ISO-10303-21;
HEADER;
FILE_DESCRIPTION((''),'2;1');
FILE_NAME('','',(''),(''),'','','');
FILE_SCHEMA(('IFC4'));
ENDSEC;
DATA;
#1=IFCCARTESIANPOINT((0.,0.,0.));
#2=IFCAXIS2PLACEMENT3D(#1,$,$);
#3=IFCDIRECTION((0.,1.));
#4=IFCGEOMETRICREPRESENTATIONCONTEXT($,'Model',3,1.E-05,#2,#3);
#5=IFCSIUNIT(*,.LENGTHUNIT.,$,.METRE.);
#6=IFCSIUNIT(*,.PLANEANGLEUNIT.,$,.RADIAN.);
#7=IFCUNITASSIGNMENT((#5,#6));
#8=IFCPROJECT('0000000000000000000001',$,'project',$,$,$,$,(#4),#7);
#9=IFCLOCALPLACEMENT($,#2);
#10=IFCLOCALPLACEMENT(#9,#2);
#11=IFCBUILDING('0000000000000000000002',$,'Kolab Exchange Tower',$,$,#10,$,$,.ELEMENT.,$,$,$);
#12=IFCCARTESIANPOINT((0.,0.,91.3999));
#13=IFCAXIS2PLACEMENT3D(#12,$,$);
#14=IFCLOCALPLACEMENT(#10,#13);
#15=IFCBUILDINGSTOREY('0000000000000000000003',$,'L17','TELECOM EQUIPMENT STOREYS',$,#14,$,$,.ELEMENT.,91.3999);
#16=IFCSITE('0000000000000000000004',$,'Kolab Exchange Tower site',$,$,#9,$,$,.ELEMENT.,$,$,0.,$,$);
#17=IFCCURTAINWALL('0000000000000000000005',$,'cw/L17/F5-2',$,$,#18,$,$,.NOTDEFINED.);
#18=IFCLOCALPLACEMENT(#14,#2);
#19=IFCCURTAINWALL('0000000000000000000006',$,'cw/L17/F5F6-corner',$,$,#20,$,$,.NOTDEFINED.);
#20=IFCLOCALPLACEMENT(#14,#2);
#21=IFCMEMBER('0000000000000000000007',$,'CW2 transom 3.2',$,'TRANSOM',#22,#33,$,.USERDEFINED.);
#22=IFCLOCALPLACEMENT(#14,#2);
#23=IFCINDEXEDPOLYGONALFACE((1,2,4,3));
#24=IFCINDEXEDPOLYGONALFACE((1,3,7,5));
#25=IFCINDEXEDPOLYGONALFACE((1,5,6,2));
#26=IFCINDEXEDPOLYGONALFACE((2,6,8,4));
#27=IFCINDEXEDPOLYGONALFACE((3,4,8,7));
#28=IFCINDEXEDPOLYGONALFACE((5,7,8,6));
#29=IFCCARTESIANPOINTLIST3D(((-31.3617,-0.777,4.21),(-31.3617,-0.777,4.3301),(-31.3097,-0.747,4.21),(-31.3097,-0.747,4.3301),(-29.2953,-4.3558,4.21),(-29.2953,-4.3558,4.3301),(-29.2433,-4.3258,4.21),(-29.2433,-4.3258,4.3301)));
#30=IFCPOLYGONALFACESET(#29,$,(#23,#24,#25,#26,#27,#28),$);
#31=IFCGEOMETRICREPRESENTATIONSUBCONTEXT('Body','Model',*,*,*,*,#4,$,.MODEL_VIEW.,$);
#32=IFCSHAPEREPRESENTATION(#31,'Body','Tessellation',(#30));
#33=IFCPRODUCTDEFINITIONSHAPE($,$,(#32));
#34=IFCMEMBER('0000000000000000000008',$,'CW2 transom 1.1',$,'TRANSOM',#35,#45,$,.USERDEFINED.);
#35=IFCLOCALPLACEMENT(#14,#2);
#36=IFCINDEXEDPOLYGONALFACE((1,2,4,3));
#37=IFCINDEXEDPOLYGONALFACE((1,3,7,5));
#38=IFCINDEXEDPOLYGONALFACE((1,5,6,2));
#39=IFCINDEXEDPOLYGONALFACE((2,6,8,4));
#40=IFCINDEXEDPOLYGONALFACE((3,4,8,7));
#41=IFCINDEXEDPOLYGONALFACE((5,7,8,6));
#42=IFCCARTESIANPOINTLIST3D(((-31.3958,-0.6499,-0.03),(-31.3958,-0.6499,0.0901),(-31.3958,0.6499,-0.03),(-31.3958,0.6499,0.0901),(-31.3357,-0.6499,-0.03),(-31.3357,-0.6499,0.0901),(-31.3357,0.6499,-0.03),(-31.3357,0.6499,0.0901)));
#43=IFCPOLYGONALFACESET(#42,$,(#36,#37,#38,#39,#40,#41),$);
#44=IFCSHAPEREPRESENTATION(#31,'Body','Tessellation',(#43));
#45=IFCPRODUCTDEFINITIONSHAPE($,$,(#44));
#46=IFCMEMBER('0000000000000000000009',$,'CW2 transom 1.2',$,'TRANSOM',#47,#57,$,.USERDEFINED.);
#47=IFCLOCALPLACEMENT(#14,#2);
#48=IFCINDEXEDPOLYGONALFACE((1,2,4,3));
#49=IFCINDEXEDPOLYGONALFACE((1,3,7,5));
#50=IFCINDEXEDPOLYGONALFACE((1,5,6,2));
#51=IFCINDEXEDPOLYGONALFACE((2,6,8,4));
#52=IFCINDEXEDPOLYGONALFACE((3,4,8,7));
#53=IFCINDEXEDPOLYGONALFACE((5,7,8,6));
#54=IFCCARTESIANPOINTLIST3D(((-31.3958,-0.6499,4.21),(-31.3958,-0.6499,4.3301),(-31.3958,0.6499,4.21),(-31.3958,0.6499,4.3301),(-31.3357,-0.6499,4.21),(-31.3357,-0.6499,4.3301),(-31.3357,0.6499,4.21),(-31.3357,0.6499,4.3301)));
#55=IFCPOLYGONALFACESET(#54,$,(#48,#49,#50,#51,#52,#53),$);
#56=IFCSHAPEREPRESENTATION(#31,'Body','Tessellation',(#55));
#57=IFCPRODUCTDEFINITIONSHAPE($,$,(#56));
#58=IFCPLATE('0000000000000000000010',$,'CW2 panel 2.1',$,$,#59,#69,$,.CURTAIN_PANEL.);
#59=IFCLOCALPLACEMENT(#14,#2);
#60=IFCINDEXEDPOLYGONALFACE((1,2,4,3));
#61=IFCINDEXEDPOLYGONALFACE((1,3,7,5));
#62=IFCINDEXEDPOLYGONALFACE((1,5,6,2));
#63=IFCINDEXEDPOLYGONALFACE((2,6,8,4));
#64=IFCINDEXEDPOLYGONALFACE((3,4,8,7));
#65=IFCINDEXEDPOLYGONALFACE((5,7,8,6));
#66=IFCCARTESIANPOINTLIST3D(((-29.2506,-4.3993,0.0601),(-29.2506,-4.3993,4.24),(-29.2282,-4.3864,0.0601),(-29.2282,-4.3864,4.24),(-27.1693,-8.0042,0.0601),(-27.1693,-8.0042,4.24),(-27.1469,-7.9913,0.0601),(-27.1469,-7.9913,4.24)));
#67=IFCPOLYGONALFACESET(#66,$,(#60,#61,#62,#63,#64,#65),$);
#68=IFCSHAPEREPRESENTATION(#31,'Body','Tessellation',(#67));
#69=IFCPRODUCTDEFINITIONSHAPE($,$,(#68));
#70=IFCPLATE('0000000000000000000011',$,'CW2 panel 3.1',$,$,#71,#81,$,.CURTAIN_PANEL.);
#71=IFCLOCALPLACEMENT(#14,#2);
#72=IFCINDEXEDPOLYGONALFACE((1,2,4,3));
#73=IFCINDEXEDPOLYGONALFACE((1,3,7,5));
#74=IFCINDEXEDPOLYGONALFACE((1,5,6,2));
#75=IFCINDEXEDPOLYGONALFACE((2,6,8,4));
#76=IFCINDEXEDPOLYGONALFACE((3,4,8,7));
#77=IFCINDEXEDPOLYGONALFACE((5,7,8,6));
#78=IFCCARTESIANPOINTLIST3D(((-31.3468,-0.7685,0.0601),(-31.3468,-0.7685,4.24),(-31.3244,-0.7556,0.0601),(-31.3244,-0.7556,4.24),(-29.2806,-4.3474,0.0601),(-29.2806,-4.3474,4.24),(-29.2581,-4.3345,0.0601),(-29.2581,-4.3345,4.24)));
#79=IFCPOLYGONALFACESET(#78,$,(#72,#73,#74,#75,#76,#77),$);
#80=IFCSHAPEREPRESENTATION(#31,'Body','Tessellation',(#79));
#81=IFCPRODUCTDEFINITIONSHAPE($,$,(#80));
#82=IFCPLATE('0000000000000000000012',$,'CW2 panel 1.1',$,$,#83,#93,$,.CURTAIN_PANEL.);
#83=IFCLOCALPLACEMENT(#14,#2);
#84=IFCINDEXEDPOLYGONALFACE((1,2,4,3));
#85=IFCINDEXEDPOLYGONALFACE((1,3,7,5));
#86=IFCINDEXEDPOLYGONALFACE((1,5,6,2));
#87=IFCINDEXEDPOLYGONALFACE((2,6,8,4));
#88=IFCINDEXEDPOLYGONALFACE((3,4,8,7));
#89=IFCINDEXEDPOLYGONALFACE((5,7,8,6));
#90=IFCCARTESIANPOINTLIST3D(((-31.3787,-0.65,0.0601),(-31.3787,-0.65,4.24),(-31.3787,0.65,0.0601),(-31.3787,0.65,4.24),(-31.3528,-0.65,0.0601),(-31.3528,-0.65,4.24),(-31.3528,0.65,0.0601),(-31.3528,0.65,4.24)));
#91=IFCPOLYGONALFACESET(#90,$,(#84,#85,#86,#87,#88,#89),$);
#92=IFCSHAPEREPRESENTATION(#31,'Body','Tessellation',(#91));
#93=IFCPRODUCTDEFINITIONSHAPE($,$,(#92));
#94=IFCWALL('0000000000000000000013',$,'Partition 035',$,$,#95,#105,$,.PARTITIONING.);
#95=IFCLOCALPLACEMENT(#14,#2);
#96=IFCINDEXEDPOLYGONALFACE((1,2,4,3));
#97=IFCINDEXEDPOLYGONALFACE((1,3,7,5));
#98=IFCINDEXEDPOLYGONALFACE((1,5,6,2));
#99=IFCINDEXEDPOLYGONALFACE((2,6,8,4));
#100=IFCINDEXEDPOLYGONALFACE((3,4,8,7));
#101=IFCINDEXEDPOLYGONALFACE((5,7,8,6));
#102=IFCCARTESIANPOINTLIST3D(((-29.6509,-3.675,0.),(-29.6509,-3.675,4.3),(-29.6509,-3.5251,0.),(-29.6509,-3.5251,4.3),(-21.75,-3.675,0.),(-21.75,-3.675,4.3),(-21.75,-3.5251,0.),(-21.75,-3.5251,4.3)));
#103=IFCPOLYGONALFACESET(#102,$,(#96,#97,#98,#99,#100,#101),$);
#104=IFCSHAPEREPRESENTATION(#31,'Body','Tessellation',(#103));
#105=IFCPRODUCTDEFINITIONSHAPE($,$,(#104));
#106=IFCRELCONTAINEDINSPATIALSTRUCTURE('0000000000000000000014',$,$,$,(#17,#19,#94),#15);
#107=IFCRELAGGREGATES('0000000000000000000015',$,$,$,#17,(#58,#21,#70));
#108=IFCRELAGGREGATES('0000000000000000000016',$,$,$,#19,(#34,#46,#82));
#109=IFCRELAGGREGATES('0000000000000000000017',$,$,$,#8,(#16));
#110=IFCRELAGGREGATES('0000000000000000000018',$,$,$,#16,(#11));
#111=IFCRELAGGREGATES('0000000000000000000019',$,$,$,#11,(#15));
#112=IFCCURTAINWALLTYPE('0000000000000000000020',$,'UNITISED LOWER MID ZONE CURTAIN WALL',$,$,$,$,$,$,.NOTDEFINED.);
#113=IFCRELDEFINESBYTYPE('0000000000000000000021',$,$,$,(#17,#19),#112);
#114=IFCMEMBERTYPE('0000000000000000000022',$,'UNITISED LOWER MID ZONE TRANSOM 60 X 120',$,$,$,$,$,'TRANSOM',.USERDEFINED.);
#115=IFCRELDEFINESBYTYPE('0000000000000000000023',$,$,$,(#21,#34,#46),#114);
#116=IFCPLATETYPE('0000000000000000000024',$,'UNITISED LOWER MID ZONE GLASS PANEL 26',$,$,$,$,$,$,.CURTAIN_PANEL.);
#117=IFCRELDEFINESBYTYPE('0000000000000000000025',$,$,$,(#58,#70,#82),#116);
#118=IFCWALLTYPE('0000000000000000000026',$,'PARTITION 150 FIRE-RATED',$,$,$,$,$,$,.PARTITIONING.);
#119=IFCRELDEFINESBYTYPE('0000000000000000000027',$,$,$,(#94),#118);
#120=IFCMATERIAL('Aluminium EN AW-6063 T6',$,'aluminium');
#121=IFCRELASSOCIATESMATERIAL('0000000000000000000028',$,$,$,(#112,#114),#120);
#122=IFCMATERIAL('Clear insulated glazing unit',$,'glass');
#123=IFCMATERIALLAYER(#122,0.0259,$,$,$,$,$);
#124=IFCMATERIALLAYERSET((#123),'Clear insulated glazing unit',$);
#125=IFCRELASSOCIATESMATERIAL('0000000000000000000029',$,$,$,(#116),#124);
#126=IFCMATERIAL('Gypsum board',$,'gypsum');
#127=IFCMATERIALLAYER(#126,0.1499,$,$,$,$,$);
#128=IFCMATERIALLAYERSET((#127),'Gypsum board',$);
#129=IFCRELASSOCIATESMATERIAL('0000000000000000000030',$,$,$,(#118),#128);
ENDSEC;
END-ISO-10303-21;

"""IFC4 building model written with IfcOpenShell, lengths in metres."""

from ifc_helpers import new_model, si_unit, direction, frame, frame_2d, origin, origin_2d, place, context, subcontext, project, spatial, rectangle, extrude, material, layer, layer_set, material_profile, profile_set, type_object, element, aggregate, save


model = new_model("IFC4")

# Units and contexts
model_context = context("Model", 3, precision=1e-05, world=origin(), true_north=direction((0.0, 1.0)))
body_context = subcontext(model_context, "Body", "Model", "MODEL_VIEW")
ifc_project = project(units=[si_unit("LENGTHUNIT", "METRE"), si_unit("PLANEANGLEUNIT", "RADIAN")], contexts=[model_context])

# Site, building, storey
site_placement = place(None, origin())
site = spatial("IfcSite", under=ifc_project, at=site_placement, Name="Kolab Exchange Tower site", CompositionType="ELEMENT", RefElevation=0.0)
building_placement = place(site_placement, origin())
building = spatial("IfcBuilding", under=site, at=building_placement, Name="Kolab Exchange Tower", CompositionType="ELEMENT")
storey_placement = place(building_placement, frame((0.0, 0.0, 91.3999)))
storey = spatial("IfcBuildingStorey", under=building, at=storey_placement, Name="L17", Description="TELECOM EQUIPMENT STOREYS", CompositionType="ELEMENT", Elevation=91.3999)

# Curtain wall
ifc_material_1 = material(Name="Aluminium EN AW-6063 T6", Category="aluminium")
curtain_wall_type = type_object("IfcCurtainWallType", Name="UNITISED LOWER MID ZONE CURTAIN WALL", PredefinedType="NOTDEFINED", material=ifc_material_1)
curtain_wall_1_placement = place(storey_placement, origin())
curtain_wall_1 = element("IfcCurtainWall", 1, at=curtain_wall_1_placement, inside=storey, type_object=curtain_wall_type, Name="cw/L17/F5-2", PredefinedType="NOTDEFINED")

# Curtain wall
curtain_wall_2_placement = place(storey_placement, origin())
curtain_wall_2 = element("IfcCurtainWall", 2, at=curtain_wall_2_placement, inside=storey, type_object=curtain_wall_type, Name="cw/L17/F5F6-corner", PredefinedType="NOTDEFINED")

# Members
ifc_material_profile_1 = material_profile(ifc_material_1, rectangle(XDim=0.0601, YDim=0.1201, at=origin_2d()), Name="RECT 60X120")
ifc_profile_set_1 = profile_set([ifc_material_profile_1], Name="Aluminium EN AW-6063 T6")
member_type_1 = type_object("IfcMemberType", Name="UNITISED LOWER MID ZONE TRANSOM 60 X 120", ElementType="TRANSOM", PredefinedType="USERDEFINED", material=ifc_profile_set_1)
member_1_placement = place(storey_placement, frame((-29.2693, -4.3408, 4.27), z_axis=(-0.500028, 0.866009, 0.0), x_axis=(-0.866009, -0.500028, 0.0)))
member_1 = element("IfcMember", 3, at=member_1_placement, type_object=member_type_1, Name="CW2 transom 3.2", ObjectType="TRANSOM", PredefinedType="USERDEFINED", context=body_context, shape_type="SweptSolid", body=[
    extrude(rectangle(XDim=0.0601, YDim=0.1201, at=origin_2d()), origin(), (0.0, 0.0, 1.0), 4.1326),
])
member_2_placement = place(storey_placement, frame((-31.3657, -0.6499, 0.03), z_axis=(0.0, 1.0, 0.0), x_axis=(-1.0, 0.0, 0.0)))
member_2 = element("IfcMember", 4, at=member_2_placement, type_object=member_type_1, Name="CW2 transom 1.1", ObjectType="TRANSOM", PredefinedType="USERDEFINED", context=body_context, shape_type="SweptSolid", body=[
    extrude(rectangle(XDim=0.0601, YDim=0.1201, at=origin_2d()), origin(), (0.0, 0.0, 1.0), 1.2998),
])
member_3_placement = place(storey_placement, frame((-31.3657, -0.6499, 4.27), z_axis=(0.0, 1.0, 0.0), x_axis=(-1.0, 0.0, 0.0)))
member_3 = element("IfcMember", 5, at=member_3_placement, type_object=member_type_1, Name="CW2 transom 1.2", ObjectType="TRANSOM", PredefinedType="USERDEFINED", context=body_context, shape_type="SweptSolid", body=[
    extrude(rectangle(XDim=0.0601, YDim=0.1201, at=origin_2d()), origin(), (0.0, 0.0, 1.0), 1.2998),
])

# Plates
ifc_material_2 = material(Name="Clear insulated glazing unit", Category="glass")
ifc_layer_1 = layer(ifc_material_2, 0.0259)
ifc_layer_set_1 = layer_set([ifc_layer_1], Name="Clear insulated glazing unit")
plate_type = type_object("IfcPlateType", Name="UNITISED LOWER MID ZONE GLASS PANEL 26", PredefinedType="CURTAIN_PANEL", material=ifc_layer_set_1)
plate_1_placement = place(storey_placement, frame((-28.1987, -6.1953, 0.0601), z_axis=(0.0, 0.0, 1.0), x_axis=(-0.5, 0.866025, 0.0)))
plate_1 = element("IfcPlate", 6, at=plate_1_placement, type_object=plate_type, Name="CW2 panel 2.1", PredefinedType="CURTAIN_PANEL", context=body_context, shape_type="SweptSolid", body=[
    extrude(rectangle(XDim=4.1626, YDim=0.0259, at=origin_2d()), origin(), (0.0, 0.0, 1.0), 4.1799),
])
plate_2_placement = place(storey_placement, frame((-30.3025, -2.5515, 0.0601), z_axis=(0.0, 0.0, 1.0), x_axis=(-0.5, 0.866025, 0.0)))
plate_2 = element("IfcPlate", 7, at=plate_2_placement, type_object=plate_type, Name="CW2 panel 3.1", PredefinedType="CURTAIN_PANEL", context=body_context, shape_type="SweptSolid", body=[
    extrude(rectangle(XDim=4.1326, YDim=0.0259, at=origin_2d()), origin(), (0.0, 0.0, 1.0), 4.1799),
])
aggregate(curtain_wall_1, [plate_1, member_1, plate_2])
plate_3_placement = place(storey_placement, frame((-31.3657, 0.0, 0.0601), z_axis=(0.0, 0.0, 1.0), x_axis=(0.0, 1.0, 0.0)))
plate_3 = element("IfcPlate", 8, at=plate_3_placement, type_object=plate_type, Name="CW2 panel 1.1", PredefinedType="CURTAIN_PANEL", context=body_context, shape_type="SweptSolid", body=[
    extrude(rectangle(XDim=1.3, YDim=0.0259, at=origin_2d()), origin(), (0.0, 0.0, 1.0), 4.1799),
])
aggregate(curtain_wall_2, [member_2, member_3, plate_3])

# Wall
ifc_material_3 = material(Name="Gypsum board", Category="gypsum")
ifc_layer_2 = layer(ifc_material_3, 0.1499)
ifc_layer_set_2 = layer_set([ifc_layer_2], Name="Gypsum board")
wall_type = type_object("IfcWallType", Name="PARTITION 150 FIRE-RATED", PredefinedType="PARTITIONING", material=ifc_layer_set_2)
wall_placement = place(storey_placement, frame((-29.6509, -3.6001, 0.0), z_axis=(0.0, 0.0, 1.0), x_axis=(1.0, 0.0, 0.0)))
element("IfcWall", 9, at=wall_placement, inside=storey, type_object=wall_type, Name="Partition 035", PredefinedType="PARTITIONING", context=body_context, shape_type="SweptSolid", body=[
    extrude(rectangle(XDim=7.9009, YDim=0.1499, at=frame_2d((3.9504, 0.0))), origin(), (0.0, 0.0, 1.0), 4.3),
])

save(model, "model.ifc")
